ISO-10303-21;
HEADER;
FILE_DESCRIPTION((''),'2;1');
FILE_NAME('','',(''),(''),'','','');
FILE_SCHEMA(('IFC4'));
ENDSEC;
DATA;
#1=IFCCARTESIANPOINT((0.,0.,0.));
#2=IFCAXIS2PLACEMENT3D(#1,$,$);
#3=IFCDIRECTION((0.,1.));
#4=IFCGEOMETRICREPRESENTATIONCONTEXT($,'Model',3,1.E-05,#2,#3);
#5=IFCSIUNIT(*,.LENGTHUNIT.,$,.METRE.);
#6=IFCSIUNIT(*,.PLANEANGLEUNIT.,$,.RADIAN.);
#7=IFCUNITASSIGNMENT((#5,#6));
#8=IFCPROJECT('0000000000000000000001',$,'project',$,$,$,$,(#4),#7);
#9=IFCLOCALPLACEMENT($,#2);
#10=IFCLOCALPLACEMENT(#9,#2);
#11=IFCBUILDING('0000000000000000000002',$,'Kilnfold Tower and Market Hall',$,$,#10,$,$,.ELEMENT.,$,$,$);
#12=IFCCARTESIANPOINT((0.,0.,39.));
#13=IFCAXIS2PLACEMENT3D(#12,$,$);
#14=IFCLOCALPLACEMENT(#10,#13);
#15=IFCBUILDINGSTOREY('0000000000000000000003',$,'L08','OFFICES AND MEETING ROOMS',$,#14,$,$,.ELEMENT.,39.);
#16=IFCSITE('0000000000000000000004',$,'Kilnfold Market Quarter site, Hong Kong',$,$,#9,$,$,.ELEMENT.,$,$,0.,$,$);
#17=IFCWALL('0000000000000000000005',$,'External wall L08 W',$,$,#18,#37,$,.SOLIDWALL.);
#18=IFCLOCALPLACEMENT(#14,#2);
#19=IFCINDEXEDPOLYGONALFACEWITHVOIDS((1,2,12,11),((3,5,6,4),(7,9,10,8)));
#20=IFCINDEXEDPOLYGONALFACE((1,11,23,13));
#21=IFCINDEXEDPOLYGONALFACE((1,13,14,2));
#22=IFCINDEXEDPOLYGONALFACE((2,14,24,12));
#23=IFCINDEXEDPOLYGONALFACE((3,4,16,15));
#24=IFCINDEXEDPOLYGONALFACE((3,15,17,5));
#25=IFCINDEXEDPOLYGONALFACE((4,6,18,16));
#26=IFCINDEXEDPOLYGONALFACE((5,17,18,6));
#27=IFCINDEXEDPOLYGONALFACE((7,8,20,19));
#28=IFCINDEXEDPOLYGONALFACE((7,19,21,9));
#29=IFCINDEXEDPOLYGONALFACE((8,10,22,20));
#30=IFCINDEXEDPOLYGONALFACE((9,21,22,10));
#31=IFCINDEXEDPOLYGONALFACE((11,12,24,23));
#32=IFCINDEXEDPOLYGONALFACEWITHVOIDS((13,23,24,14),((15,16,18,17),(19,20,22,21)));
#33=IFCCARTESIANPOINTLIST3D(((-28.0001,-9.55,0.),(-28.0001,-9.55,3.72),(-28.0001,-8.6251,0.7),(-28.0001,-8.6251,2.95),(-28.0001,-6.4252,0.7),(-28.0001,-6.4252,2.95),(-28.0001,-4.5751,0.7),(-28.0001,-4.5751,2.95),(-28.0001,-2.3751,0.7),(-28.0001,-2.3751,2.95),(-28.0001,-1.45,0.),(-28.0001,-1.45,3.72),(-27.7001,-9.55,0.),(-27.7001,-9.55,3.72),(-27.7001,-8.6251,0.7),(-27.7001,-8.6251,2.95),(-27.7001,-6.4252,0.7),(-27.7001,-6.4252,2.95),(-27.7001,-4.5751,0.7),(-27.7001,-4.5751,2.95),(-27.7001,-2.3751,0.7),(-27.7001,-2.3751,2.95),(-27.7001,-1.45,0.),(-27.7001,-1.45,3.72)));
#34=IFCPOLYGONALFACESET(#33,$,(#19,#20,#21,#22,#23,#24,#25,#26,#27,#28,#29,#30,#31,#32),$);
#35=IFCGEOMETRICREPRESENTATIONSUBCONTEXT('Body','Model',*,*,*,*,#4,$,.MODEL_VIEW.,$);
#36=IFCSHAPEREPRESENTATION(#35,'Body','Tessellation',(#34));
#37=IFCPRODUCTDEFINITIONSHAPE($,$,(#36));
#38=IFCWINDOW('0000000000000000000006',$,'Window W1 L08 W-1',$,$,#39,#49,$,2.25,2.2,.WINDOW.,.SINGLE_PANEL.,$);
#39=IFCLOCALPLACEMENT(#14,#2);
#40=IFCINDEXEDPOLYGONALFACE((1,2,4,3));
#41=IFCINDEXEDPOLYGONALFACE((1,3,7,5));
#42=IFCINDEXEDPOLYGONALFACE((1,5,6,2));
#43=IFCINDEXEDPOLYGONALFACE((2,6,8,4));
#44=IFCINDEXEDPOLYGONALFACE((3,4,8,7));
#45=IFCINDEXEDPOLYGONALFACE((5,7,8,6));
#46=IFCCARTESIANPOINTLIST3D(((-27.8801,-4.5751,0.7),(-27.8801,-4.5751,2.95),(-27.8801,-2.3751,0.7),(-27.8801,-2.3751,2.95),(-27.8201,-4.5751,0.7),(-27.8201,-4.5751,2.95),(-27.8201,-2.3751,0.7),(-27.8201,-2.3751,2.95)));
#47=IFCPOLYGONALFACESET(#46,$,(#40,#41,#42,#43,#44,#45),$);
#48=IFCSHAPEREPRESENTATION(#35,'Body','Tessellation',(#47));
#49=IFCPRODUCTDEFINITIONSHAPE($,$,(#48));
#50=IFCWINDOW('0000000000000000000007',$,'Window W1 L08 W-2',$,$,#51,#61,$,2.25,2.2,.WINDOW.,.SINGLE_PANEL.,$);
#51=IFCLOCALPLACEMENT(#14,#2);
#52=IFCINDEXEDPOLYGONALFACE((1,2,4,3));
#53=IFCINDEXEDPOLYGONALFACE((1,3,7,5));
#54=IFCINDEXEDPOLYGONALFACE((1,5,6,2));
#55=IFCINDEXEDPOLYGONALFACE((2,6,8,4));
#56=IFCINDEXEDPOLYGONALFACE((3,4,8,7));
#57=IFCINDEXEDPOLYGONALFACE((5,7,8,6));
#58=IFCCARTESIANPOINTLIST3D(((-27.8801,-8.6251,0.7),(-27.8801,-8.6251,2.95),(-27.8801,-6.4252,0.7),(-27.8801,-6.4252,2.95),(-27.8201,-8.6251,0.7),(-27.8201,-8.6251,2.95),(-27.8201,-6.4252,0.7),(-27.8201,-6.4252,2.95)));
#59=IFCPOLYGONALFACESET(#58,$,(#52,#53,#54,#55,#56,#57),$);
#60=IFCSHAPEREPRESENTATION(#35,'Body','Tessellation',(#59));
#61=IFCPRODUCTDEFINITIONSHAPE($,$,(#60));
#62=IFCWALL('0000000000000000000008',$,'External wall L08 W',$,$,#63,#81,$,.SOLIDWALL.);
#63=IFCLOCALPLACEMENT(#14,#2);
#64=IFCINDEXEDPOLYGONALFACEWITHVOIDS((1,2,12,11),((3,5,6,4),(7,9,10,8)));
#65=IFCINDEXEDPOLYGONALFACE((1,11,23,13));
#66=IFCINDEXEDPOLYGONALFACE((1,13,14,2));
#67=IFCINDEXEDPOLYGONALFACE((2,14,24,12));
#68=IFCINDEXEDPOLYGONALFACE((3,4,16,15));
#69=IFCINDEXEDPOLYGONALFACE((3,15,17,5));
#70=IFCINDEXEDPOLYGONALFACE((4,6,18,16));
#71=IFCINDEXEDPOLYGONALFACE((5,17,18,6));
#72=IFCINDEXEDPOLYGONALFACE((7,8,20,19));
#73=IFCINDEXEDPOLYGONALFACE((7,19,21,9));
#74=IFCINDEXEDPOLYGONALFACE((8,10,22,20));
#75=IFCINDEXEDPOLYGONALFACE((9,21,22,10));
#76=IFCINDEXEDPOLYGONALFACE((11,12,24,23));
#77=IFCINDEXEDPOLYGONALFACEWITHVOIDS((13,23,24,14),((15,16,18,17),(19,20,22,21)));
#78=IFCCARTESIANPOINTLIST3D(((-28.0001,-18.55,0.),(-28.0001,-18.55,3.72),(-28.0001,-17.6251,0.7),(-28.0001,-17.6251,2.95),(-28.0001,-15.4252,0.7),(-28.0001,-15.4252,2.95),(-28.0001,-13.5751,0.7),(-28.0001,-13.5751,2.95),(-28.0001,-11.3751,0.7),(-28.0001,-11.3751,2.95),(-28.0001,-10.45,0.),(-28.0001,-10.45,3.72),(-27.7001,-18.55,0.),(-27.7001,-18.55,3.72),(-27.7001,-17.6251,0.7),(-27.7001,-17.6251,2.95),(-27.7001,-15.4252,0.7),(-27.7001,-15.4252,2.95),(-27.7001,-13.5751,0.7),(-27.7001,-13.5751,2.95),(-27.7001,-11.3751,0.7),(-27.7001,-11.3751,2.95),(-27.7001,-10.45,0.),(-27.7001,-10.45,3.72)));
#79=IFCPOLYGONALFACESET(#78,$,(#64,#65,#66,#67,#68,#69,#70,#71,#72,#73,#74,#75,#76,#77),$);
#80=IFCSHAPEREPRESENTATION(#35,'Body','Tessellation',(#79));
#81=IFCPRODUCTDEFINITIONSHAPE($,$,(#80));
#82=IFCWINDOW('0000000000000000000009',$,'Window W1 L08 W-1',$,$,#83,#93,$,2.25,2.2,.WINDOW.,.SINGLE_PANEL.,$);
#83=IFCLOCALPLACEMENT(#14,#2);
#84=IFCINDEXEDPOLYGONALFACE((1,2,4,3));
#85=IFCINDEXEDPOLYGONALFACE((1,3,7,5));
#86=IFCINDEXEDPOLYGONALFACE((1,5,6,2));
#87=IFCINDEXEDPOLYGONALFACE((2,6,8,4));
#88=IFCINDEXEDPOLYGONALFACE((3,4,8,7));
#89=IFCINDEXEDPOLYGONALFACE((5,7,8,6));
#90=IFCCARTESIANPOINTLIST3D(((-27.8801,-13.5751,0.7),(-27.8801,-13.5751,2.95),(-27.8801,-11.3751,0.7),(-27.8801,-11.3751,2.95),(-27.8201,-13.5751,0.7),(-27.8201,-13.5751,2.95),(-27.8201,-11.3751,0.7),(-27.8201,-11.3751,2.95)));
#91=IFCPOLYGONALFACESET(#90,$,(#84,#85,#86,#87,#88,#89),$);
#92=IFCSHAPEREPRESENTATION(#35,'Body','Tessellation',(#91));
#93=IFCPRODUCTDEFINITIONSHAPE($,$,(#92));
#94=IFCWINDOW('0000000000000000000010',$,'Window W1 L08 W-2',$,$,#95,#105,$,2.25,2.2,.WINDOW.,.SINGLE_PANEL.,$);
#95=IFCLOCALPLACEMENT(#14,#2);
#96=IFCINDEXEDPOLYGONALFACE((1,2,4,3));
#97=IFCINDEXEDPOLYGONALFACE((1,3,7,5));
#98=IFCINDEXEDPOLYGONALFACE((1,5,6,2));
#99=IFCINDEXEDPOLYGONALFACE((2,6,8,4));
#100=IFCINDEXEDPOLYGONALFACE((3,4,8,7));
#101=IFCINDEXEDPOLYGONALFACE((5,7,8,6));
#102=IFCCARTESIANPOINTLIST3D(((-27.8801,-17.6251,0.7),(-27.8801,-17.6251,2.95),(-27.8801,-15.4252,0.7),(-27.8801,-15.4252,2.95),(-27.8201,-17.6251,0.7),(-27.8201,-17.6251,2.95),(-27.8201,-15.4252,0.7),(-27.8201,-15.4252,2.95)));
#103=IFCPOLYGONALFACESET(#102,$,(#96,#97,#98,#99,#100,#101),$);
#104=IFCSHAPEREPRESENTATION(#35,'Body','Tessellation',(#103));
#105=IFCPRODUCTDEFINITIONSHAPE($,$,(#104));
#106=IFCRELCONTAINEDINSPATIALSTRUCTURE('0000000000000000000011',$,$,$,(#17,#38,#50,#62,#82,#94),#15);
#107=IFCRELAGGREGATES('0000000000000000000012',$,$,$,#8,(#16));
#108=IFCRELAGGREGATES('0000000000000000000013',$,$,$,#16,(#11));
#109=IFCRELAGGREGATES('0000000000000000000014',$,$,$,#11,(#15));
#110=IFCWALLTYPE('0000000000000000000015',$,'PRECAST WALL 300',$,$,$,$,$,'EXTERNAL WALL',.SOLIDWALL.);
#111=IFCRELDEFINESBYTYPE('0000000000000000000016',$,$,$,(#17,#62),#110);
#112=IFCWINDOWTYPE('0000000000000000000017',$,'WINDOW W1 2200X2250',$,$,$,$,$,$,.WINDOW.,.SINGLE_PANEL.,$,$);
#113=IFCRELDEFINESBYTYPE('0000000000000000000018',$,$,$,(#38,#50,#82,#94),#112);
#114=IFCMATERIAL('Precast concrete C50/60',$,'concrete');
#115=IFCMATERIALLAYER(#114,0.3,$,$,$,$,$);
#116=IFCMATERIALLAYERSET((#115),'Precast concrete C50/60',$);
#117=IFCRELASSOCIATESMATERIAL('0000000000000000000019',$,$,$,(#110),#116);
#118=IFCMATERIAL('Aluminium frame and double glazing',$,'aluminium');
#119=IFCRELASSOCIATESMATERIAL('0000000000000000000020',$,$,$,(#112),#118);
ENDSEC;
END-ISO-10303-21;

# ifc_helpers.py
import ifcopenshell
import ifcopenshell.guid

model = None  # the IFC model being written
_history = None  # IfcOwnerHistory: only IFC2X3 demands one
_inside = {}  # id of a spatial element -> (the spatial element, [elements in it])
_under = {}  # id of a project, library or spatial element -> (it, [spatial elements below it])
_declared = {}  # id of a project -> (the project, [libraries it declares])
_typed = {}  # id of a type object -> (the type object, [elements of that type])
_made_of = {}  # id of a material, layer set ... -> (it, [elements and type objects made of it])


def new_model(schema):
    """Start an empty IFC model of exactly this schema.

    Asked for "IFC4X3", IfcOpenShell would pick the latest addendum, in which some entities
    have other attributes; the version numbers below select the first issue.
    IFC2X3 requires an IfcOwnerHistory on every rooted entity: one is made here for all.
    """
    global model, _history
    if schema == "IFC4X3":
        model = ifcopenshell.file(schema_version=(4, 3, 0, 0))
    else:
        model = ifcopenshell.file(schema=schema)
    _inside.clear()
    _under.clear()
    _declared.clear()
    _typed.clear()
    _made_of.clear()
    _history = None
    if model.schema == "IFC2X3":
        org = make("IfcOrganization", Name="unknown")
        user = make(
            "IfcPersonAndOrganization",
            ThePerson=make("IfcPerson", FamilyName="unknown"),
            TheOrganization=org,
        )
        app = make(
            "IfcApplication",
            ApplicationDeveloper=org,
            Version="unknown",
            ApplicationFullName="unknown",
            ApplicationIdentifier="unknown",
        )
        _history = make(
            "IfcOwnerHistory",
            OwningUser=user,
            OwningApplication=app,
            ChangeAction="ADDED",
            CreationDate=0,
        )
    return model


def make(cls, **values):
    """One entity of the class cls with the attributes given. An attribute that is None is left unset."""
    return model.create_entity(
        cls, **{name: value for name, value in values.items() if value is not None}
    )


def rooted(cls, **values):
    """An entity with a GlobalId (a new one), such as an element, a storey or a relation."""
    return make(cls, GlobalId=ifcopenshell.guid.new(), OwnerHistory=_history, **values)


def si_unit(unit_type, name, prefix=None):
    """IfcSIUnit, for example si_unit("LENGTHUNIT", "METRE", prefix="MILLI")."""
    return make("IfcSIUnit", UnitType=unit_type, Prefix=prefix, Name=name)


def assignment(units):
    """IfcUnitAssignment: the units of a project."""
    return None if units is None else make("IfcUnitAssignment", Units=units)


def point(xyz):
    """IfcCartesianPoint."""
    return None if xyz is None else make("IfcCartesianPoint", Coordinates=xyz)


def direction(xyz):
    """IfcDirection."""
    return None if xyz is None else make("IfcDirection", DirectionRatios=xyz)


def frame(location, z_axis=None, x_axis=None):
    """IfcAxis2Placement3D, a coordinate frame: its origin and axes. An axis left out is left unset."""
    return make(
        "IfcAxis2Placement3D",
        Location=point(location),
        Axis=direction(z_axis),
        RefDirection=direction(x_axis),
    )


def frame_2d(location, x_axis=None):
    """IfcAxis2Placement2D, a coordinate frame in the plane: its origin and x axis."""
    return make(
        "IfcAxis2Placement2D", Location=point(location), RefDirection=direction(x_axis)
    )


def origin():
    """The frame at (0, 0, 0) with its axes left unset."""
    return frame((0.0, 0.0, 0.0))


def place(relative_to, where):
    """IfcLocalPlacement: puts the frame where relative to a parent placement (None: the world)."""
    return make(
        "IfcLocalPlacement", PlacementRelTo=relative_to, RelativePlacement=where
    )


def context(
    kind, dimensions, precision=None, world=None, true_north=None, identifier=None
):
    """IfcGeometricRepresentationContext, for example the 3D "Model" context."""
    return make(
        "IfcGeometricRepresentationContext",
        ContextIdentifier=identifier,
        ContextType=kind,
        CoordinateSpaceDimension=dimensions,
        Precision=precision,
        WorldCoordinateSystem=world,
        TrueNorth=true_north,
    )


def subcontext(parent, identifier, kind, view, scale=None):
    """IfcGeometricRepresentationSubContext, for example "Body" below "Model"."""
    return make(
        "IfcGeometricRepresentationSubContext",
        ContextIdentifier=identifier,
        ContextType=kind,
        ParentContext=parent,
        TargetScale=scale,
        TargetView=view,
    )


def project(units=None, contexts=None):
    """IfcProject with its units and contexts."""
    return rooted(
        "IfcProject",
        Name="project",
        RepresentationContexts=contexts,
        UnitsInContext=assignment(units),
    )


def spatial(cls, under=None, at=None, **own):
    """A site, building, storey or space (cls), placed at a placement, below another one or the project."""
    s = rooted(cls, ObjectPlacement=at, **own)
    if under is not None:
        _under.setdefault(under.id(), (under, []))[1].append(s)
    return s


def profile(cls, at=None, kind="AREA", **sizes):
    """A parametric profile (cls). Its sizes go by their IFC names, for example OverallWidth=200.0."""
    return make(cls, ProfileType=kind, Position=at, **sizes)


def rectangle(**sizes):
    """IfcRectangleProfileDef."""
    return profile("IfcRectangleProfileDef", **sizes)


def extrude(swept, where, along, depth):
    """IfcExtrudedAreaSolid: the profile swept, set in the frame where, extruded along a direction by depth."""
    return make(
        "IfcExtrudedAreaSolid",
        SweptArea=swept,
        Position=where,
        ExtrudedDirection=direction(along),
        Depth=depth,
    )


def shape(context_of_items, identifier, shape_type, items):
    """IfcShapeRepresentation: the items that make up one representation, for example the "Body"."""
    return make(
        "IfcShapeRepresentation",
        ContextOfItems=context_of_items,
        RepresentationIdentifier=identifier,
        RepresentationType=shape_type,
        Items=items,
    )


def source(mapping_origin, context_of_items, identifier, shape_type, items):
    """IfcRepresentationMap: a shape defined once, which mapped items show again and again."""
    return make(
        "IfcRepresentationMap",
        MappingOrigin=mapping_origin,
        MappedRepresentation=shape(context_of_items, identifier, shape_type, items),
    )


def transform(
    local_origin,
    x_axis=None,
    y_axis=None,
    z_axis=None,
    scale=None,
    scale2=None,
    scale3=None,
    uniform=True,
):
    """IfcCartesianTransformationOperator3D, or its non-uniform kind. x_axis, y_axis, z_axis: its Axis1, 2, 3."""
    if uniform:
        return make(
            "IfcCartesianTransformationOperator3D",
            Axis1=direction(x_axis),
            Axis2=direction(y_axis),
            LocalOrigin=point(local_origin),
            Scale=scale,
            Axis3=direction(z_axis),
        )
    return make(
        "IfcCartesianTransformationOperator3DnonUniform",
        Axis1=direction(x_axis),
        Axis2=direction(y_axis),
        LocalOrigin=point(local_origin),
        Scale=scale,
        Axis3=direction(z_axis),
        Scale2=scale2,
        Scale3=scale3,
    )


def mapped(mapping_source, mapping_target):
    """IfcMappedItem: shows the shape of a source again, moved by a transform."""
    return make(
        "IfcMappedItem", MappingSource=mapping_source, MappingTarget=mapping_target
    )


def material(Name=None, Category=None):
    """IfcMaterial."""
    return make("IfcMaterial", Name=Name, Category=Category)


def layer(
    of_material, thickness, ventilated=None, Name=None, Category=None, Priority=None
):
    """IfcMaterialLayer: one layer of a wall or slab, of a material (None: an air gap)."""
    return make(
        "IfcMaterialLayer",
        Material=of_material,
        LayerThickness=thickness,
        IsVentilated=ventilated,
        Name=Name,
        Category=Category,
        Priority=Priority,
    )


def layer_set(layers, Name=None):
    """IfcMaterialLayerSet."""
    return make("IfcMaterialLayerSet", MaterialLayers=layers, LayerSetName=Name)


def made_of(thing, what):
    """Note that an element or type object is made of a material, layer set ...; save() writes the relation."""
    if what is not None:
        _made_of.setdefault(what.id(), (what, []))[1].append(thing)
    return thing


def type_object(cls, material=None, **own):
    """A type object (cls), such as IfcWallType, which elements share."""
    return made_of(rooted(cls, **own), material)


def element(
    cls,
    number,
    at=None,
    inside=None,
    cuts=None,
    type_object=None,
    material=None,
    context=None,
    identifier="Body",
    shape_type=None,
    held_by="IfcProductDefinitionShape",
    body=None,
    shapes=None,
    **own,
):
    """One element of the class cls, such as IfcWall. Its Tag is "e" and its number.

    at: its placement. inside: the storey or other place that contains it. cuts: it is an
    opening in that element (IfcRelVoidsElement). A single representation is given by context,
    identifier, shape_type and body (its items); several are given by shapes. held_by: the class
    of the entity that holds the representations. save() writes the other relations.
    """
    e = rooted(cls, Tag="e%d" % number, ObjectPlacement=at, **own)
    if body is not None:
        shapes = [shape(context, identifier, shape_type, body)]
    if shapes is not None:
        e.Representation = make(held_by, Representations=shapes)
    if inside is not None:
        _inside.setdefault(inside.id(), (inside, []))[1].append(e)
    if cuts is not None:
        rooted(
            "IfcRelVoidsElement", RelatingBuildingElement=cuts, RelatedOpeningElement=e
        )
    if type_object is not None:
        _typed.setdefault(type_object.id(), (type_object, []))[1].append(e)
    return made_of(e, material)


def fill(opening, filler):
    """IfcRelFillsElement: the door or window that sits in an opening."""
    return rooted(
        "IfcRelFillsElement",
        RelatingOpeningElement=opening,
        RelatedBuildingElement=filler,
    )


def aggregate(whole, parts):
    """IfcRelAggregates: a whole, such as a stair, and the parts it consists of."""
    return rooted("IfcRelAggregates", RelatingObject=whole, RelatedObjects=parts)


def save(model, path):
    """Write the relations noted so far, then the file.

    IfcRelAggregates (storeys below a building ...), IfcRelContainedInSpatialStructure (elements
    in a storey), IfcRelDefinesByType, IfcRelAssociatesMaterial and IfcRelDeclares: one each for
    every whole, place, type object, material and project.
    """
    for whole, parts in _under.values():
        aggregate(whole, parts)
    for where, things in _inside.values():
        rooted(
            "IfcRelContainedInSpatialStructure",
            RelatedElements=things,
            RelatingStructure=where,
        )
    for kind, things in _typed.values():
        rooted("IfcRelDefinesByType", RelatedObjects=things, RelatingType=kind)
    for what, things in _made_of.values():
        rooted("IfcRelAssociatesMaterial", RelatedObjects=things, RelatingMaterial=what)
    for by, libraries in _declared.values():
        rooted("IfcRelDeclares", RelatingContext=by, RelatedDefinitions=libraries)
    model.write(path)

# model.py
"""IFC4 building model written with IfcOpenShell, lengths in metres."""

from ifc_helpers import new_model, si_unit, direction, frame, frame_2d, origin, place, context, subcontext, project, spatial, rectangle, extrude, source, transform, mapped, material, layer, layer_set, type_object, element, fill, save


model = new_model("IFC4")

# Units and contexts
model_context = context("Model", 3, precision=1e-05, world=origin(), true_north=direction((0.0, 1.0)))
body_context = subcontext(model_context, "Body", "Model", "MODEL_VIEW")
ifc_project = project(units=[si_unit("LENGTHUNIT", "METRE"), si_unit("PLANEANGLEUNIT", "RADIAN")], contexts=[model_context])

# Site, building, storey
site_placement = place(None, origin())
site = spatial("IfcSite", under=ifc_project, at=site_placement, Name="Kilnfold Market Quarter site, Hong Kong", CompositionType="ELEMENT", RefElevation=0.0)
building_placement = place(site_placement, origin())
building = spatial("IfcBuilding", under=site, at=building_placement, Name="Kilnfold Tower and Market Hall", CompositionType="ELEMENT")
storey_placement = place(building_placement, frame((0.0, 0.0, 39.0)))
storey = spatial("IfcBuildingStorey", under=building, at=storey_placement, Name="L08", Description="OFFICES AND MEETING ROOMS", CompositionType="ELEMENT", Elevation=39.0)

# Walls, openings, windows
ifc_material_1 = material(Name="Precast concrete C50/60", Category="concrete")
ifc_layer_1 = layer(ifc_material_1, 0.3)
ifc_layer_set_1 = layer_set([ifc_layer_1], Name="Precast concrete C50/60")
wall_type_1 = type_object("IfcWallType", Name="PRECAST WALL 300", ElementType="EXTERNAL WALL", PredefinedType="SOLIDWALL", material=ifc_layer_set_1)
shared_shape_1 = source(origin(), body_context, "Body", "SweptSolid", [
    extrude(rectangle(XDim=8.1001, YDim=0.3, at=frame_2d((4.05, 0.0))), origin(), (0.0, 0.0, 1.0), 3.72),
])
wall_1_placement = place(storey_placement, frame((-27.8501, -1.45, 0.0), z_axis=(0.0, 0.0, 1.0), x_axis=(0.0, -1.0, 0.0)))
wall_1 = element("IfcWall", 1, at=wall_1_placement, inside=storey, type_object=wall_type_1, Name="External wall L08 W", PredefinedType="SOLIDWALL", context=body_context, shape_type="MappedRepresentation", body=[
    mapped(shared_shape_1, transform((0.0, 0.0, 0.0))),
])
opening_1_placement = place(wall_1_placement, frame((0.925, 0.0, 0.7)))
opening_1 = element("IfcOpeningElement", 2, at=opening_1_placement, cuts=wall_1, PredefinedType="OPENING", context=body_context, shape_type="SweptSolid", body=[
    extrude(rectangle(XDim=2.2, YDim=2.25, at=frame_2d((1.1001, 1.125))), frame((0.0, 0.1602, 0.0), z_axis=(0.0, -1.0, 0.0), x_axis=(1.0, 0.0, 0.0)), (0.0, 0.0, 1.0), 0.3201),
])
opening_2_placement = place(wall_1_placement, frame((4.9751, 0.0, 0.7)))
opening_2 = element("IfcOpeningElement", 3, at=opening_2_placement, cuts=wall_1, PredefinedType="OPENING", context=body_context, shape_type="SweptSolid", body=[
    extrude(rectangle(XDim=2.2, YDim=2.25, at=frame_2d((1.1001, 1.125))), frame((0.0, 0.1602, 0.0), z_axis=(0.0, -1.0, 0.0), x_axis=(1.0, 0.0, 0.0)), (0.0, 0.0, 1.0), 0.3201),
])
ifc_material_2 = material(Name="Aluminium frame and double glazing", Category="aluminium")
window_type = type_object("IfcWindowType", Name="WINDOW W1 2200X2250", PartitioningType="SINGLE_PANEL", PredefinedType="WINDOW", material=ifc_material_2)
window_1_placement = place(opening_1_placement, origin())
window_1 = element("IfcWindow", 4, at=window_1_placement, inside=storey, type_object=window_type, Name="Window W1 L08 W-1", OverallHeight=2.25, OverallWidth=2.2, PartitioningType="SINGLE_PANEL", PredefinedType="WINDOW", context=body_context, shape_type="SweptSolid", body=[
    extrude(rectangle(XDim=2.2, YDim=2.25, at=frame_2d((1.1001, 1.125))), frame((0.0, 0.03, 0.0), z_axis=(0.0, -1.0, 0.0), x_axis=(1.0, 0.0, 0.0)), (0.0, 0.0, 1.0), 0.0601),
])
fill(opening_1, window_1)
window_2_placement = place(opening_2_placement, origin())
window_2 = element("IfcWindow", 5, at=window_2_placement, inside=storey, type_object=window_type, Name="Window W1 L08 W-2", OverallHeight=2.25, OverallWidth=2.2, PartitioningType="SINGLE_PANEL", PredefinedType="WINDOW", context=body_context, shape_type="SweptSolid", body=[
    extrude(rectangle(XDim=2.2, YDim=2.25, at=frame_2d((1.1001, 1.125))), frame((0.0, 0.03, 0.0), z_axis=(0.0, -1.0, 0.0), x_axis=(1.0, 0.0, 0.0)), (0.0, 0.0, 1.0), 0.0601),
])
fill(opening_2, window_2)
wall_2_placement = place(storey_placement, frame((-27.8501, -10.45, 0.0), z_axis=(0.0, 0.0, 1.0), x_axis=(0.0, -1.0, 0.0)))
wall_2 = element("IfcWall", 6, at=wall_2_placement, inside=storey, type_object=wall_type_1, Name="External wall L08 W", PredefinedType="SOLIDWALL", context=body_context, shape_type="MappedRepresentation", body=[
    mapped(shared_shape_1, transform((0.0, 0.0, 0.0))),
])
opening_3_placement = place(wall_2_placement, frame((0.925, 0.0, 0.7)))
opening_3 = element("IfcOpeningElement", 7, at=opening_3_placement, cuts=wall_2, PredefinedType="OPENING", context=body_context, shape_type="SweptSolid", body=[
    extrude(rectangle(XDim=2.2, YDim=2.25, at=frame_2d((1.1001, 1.125))), frame((0.0, 0.1602, 0.0), z_axis=(0.0, -1.0, 0.0), x_axis=(1.0, 0.0, 0.0)), (0.0, 0.0, 1.0), 0.3201),
])
opening_4_placement = place(wall_2_placement, frame((4.9751, 0.0, 0.7)))
opening_4 = element("IfcOpeningElement", 8, at=opening_4_placement, cuts=wall_2, PredefinedType="OPENING", context=body_context, shape_type="SweptSolid", body=[
    extrude(rectangle(XDim=2.2, YDim=2.25, at=frame_2d((1.1001, 1.125))), frame((0.0, 0.1602, 0.0), z_axis=(0.0, -1.0, 0.0), x_axis=(1.0, 0.0, 0.0)), (0.0, 0.0, 1.0), 0.3201),
])
window_3_placement = place(opening_3_placement, origin())
window_3 = element("IfcWindow", 9, at=window_3_placement, inside=storey, type_object=window_type, Name="Window W1 L08 W-1", OverallHeight=2.25, OverallWidth=2.2, PartitioningType="SINGLE_PANEL", PredefinedType="WINDOW", context=body_context, shape_type="SweptSolid", body=[
    extrude(rectangle(XDim=2.2, YDim=2.25, at=frame_2d((1.1001, 1.125))), frame((0.0, 0.03, 0.0), z_axis=(0.0, -1.0, 0.0), x_axis=(1.0, 0.0, 0.0)), (0.0, 0.0, 1.0), 0.0601),
])
fill(opening_3, window_3)
window_4_placement = place(opening_4_placement, origin())
window_4 = element("IfcWindow", 10, at=window_4_placement, inside=storey, type_object=window_type, Name="Window W1 L08 W-2", OverallHeight=2.25, OverallWidth=2.2, PartitioningType="SINGLE_PANEL", PredefinedType="WINDOW", context=body_context, shape_type="SweptSolid", body=[
    extrude(rectangle(XDim=2.2, YDim=2.25, at=frame_2d((1.1001, 1.125))), frame((0.0, 0.03, 0.0), z_axis=(0.0, -1.0, 0.0), x_axis=(1.0, 0.0, 0.0)), (0.0, 0.0, 1.0), 0.0601),
])
fill(opening_4, window_4)

save(model, "model.ifc")
